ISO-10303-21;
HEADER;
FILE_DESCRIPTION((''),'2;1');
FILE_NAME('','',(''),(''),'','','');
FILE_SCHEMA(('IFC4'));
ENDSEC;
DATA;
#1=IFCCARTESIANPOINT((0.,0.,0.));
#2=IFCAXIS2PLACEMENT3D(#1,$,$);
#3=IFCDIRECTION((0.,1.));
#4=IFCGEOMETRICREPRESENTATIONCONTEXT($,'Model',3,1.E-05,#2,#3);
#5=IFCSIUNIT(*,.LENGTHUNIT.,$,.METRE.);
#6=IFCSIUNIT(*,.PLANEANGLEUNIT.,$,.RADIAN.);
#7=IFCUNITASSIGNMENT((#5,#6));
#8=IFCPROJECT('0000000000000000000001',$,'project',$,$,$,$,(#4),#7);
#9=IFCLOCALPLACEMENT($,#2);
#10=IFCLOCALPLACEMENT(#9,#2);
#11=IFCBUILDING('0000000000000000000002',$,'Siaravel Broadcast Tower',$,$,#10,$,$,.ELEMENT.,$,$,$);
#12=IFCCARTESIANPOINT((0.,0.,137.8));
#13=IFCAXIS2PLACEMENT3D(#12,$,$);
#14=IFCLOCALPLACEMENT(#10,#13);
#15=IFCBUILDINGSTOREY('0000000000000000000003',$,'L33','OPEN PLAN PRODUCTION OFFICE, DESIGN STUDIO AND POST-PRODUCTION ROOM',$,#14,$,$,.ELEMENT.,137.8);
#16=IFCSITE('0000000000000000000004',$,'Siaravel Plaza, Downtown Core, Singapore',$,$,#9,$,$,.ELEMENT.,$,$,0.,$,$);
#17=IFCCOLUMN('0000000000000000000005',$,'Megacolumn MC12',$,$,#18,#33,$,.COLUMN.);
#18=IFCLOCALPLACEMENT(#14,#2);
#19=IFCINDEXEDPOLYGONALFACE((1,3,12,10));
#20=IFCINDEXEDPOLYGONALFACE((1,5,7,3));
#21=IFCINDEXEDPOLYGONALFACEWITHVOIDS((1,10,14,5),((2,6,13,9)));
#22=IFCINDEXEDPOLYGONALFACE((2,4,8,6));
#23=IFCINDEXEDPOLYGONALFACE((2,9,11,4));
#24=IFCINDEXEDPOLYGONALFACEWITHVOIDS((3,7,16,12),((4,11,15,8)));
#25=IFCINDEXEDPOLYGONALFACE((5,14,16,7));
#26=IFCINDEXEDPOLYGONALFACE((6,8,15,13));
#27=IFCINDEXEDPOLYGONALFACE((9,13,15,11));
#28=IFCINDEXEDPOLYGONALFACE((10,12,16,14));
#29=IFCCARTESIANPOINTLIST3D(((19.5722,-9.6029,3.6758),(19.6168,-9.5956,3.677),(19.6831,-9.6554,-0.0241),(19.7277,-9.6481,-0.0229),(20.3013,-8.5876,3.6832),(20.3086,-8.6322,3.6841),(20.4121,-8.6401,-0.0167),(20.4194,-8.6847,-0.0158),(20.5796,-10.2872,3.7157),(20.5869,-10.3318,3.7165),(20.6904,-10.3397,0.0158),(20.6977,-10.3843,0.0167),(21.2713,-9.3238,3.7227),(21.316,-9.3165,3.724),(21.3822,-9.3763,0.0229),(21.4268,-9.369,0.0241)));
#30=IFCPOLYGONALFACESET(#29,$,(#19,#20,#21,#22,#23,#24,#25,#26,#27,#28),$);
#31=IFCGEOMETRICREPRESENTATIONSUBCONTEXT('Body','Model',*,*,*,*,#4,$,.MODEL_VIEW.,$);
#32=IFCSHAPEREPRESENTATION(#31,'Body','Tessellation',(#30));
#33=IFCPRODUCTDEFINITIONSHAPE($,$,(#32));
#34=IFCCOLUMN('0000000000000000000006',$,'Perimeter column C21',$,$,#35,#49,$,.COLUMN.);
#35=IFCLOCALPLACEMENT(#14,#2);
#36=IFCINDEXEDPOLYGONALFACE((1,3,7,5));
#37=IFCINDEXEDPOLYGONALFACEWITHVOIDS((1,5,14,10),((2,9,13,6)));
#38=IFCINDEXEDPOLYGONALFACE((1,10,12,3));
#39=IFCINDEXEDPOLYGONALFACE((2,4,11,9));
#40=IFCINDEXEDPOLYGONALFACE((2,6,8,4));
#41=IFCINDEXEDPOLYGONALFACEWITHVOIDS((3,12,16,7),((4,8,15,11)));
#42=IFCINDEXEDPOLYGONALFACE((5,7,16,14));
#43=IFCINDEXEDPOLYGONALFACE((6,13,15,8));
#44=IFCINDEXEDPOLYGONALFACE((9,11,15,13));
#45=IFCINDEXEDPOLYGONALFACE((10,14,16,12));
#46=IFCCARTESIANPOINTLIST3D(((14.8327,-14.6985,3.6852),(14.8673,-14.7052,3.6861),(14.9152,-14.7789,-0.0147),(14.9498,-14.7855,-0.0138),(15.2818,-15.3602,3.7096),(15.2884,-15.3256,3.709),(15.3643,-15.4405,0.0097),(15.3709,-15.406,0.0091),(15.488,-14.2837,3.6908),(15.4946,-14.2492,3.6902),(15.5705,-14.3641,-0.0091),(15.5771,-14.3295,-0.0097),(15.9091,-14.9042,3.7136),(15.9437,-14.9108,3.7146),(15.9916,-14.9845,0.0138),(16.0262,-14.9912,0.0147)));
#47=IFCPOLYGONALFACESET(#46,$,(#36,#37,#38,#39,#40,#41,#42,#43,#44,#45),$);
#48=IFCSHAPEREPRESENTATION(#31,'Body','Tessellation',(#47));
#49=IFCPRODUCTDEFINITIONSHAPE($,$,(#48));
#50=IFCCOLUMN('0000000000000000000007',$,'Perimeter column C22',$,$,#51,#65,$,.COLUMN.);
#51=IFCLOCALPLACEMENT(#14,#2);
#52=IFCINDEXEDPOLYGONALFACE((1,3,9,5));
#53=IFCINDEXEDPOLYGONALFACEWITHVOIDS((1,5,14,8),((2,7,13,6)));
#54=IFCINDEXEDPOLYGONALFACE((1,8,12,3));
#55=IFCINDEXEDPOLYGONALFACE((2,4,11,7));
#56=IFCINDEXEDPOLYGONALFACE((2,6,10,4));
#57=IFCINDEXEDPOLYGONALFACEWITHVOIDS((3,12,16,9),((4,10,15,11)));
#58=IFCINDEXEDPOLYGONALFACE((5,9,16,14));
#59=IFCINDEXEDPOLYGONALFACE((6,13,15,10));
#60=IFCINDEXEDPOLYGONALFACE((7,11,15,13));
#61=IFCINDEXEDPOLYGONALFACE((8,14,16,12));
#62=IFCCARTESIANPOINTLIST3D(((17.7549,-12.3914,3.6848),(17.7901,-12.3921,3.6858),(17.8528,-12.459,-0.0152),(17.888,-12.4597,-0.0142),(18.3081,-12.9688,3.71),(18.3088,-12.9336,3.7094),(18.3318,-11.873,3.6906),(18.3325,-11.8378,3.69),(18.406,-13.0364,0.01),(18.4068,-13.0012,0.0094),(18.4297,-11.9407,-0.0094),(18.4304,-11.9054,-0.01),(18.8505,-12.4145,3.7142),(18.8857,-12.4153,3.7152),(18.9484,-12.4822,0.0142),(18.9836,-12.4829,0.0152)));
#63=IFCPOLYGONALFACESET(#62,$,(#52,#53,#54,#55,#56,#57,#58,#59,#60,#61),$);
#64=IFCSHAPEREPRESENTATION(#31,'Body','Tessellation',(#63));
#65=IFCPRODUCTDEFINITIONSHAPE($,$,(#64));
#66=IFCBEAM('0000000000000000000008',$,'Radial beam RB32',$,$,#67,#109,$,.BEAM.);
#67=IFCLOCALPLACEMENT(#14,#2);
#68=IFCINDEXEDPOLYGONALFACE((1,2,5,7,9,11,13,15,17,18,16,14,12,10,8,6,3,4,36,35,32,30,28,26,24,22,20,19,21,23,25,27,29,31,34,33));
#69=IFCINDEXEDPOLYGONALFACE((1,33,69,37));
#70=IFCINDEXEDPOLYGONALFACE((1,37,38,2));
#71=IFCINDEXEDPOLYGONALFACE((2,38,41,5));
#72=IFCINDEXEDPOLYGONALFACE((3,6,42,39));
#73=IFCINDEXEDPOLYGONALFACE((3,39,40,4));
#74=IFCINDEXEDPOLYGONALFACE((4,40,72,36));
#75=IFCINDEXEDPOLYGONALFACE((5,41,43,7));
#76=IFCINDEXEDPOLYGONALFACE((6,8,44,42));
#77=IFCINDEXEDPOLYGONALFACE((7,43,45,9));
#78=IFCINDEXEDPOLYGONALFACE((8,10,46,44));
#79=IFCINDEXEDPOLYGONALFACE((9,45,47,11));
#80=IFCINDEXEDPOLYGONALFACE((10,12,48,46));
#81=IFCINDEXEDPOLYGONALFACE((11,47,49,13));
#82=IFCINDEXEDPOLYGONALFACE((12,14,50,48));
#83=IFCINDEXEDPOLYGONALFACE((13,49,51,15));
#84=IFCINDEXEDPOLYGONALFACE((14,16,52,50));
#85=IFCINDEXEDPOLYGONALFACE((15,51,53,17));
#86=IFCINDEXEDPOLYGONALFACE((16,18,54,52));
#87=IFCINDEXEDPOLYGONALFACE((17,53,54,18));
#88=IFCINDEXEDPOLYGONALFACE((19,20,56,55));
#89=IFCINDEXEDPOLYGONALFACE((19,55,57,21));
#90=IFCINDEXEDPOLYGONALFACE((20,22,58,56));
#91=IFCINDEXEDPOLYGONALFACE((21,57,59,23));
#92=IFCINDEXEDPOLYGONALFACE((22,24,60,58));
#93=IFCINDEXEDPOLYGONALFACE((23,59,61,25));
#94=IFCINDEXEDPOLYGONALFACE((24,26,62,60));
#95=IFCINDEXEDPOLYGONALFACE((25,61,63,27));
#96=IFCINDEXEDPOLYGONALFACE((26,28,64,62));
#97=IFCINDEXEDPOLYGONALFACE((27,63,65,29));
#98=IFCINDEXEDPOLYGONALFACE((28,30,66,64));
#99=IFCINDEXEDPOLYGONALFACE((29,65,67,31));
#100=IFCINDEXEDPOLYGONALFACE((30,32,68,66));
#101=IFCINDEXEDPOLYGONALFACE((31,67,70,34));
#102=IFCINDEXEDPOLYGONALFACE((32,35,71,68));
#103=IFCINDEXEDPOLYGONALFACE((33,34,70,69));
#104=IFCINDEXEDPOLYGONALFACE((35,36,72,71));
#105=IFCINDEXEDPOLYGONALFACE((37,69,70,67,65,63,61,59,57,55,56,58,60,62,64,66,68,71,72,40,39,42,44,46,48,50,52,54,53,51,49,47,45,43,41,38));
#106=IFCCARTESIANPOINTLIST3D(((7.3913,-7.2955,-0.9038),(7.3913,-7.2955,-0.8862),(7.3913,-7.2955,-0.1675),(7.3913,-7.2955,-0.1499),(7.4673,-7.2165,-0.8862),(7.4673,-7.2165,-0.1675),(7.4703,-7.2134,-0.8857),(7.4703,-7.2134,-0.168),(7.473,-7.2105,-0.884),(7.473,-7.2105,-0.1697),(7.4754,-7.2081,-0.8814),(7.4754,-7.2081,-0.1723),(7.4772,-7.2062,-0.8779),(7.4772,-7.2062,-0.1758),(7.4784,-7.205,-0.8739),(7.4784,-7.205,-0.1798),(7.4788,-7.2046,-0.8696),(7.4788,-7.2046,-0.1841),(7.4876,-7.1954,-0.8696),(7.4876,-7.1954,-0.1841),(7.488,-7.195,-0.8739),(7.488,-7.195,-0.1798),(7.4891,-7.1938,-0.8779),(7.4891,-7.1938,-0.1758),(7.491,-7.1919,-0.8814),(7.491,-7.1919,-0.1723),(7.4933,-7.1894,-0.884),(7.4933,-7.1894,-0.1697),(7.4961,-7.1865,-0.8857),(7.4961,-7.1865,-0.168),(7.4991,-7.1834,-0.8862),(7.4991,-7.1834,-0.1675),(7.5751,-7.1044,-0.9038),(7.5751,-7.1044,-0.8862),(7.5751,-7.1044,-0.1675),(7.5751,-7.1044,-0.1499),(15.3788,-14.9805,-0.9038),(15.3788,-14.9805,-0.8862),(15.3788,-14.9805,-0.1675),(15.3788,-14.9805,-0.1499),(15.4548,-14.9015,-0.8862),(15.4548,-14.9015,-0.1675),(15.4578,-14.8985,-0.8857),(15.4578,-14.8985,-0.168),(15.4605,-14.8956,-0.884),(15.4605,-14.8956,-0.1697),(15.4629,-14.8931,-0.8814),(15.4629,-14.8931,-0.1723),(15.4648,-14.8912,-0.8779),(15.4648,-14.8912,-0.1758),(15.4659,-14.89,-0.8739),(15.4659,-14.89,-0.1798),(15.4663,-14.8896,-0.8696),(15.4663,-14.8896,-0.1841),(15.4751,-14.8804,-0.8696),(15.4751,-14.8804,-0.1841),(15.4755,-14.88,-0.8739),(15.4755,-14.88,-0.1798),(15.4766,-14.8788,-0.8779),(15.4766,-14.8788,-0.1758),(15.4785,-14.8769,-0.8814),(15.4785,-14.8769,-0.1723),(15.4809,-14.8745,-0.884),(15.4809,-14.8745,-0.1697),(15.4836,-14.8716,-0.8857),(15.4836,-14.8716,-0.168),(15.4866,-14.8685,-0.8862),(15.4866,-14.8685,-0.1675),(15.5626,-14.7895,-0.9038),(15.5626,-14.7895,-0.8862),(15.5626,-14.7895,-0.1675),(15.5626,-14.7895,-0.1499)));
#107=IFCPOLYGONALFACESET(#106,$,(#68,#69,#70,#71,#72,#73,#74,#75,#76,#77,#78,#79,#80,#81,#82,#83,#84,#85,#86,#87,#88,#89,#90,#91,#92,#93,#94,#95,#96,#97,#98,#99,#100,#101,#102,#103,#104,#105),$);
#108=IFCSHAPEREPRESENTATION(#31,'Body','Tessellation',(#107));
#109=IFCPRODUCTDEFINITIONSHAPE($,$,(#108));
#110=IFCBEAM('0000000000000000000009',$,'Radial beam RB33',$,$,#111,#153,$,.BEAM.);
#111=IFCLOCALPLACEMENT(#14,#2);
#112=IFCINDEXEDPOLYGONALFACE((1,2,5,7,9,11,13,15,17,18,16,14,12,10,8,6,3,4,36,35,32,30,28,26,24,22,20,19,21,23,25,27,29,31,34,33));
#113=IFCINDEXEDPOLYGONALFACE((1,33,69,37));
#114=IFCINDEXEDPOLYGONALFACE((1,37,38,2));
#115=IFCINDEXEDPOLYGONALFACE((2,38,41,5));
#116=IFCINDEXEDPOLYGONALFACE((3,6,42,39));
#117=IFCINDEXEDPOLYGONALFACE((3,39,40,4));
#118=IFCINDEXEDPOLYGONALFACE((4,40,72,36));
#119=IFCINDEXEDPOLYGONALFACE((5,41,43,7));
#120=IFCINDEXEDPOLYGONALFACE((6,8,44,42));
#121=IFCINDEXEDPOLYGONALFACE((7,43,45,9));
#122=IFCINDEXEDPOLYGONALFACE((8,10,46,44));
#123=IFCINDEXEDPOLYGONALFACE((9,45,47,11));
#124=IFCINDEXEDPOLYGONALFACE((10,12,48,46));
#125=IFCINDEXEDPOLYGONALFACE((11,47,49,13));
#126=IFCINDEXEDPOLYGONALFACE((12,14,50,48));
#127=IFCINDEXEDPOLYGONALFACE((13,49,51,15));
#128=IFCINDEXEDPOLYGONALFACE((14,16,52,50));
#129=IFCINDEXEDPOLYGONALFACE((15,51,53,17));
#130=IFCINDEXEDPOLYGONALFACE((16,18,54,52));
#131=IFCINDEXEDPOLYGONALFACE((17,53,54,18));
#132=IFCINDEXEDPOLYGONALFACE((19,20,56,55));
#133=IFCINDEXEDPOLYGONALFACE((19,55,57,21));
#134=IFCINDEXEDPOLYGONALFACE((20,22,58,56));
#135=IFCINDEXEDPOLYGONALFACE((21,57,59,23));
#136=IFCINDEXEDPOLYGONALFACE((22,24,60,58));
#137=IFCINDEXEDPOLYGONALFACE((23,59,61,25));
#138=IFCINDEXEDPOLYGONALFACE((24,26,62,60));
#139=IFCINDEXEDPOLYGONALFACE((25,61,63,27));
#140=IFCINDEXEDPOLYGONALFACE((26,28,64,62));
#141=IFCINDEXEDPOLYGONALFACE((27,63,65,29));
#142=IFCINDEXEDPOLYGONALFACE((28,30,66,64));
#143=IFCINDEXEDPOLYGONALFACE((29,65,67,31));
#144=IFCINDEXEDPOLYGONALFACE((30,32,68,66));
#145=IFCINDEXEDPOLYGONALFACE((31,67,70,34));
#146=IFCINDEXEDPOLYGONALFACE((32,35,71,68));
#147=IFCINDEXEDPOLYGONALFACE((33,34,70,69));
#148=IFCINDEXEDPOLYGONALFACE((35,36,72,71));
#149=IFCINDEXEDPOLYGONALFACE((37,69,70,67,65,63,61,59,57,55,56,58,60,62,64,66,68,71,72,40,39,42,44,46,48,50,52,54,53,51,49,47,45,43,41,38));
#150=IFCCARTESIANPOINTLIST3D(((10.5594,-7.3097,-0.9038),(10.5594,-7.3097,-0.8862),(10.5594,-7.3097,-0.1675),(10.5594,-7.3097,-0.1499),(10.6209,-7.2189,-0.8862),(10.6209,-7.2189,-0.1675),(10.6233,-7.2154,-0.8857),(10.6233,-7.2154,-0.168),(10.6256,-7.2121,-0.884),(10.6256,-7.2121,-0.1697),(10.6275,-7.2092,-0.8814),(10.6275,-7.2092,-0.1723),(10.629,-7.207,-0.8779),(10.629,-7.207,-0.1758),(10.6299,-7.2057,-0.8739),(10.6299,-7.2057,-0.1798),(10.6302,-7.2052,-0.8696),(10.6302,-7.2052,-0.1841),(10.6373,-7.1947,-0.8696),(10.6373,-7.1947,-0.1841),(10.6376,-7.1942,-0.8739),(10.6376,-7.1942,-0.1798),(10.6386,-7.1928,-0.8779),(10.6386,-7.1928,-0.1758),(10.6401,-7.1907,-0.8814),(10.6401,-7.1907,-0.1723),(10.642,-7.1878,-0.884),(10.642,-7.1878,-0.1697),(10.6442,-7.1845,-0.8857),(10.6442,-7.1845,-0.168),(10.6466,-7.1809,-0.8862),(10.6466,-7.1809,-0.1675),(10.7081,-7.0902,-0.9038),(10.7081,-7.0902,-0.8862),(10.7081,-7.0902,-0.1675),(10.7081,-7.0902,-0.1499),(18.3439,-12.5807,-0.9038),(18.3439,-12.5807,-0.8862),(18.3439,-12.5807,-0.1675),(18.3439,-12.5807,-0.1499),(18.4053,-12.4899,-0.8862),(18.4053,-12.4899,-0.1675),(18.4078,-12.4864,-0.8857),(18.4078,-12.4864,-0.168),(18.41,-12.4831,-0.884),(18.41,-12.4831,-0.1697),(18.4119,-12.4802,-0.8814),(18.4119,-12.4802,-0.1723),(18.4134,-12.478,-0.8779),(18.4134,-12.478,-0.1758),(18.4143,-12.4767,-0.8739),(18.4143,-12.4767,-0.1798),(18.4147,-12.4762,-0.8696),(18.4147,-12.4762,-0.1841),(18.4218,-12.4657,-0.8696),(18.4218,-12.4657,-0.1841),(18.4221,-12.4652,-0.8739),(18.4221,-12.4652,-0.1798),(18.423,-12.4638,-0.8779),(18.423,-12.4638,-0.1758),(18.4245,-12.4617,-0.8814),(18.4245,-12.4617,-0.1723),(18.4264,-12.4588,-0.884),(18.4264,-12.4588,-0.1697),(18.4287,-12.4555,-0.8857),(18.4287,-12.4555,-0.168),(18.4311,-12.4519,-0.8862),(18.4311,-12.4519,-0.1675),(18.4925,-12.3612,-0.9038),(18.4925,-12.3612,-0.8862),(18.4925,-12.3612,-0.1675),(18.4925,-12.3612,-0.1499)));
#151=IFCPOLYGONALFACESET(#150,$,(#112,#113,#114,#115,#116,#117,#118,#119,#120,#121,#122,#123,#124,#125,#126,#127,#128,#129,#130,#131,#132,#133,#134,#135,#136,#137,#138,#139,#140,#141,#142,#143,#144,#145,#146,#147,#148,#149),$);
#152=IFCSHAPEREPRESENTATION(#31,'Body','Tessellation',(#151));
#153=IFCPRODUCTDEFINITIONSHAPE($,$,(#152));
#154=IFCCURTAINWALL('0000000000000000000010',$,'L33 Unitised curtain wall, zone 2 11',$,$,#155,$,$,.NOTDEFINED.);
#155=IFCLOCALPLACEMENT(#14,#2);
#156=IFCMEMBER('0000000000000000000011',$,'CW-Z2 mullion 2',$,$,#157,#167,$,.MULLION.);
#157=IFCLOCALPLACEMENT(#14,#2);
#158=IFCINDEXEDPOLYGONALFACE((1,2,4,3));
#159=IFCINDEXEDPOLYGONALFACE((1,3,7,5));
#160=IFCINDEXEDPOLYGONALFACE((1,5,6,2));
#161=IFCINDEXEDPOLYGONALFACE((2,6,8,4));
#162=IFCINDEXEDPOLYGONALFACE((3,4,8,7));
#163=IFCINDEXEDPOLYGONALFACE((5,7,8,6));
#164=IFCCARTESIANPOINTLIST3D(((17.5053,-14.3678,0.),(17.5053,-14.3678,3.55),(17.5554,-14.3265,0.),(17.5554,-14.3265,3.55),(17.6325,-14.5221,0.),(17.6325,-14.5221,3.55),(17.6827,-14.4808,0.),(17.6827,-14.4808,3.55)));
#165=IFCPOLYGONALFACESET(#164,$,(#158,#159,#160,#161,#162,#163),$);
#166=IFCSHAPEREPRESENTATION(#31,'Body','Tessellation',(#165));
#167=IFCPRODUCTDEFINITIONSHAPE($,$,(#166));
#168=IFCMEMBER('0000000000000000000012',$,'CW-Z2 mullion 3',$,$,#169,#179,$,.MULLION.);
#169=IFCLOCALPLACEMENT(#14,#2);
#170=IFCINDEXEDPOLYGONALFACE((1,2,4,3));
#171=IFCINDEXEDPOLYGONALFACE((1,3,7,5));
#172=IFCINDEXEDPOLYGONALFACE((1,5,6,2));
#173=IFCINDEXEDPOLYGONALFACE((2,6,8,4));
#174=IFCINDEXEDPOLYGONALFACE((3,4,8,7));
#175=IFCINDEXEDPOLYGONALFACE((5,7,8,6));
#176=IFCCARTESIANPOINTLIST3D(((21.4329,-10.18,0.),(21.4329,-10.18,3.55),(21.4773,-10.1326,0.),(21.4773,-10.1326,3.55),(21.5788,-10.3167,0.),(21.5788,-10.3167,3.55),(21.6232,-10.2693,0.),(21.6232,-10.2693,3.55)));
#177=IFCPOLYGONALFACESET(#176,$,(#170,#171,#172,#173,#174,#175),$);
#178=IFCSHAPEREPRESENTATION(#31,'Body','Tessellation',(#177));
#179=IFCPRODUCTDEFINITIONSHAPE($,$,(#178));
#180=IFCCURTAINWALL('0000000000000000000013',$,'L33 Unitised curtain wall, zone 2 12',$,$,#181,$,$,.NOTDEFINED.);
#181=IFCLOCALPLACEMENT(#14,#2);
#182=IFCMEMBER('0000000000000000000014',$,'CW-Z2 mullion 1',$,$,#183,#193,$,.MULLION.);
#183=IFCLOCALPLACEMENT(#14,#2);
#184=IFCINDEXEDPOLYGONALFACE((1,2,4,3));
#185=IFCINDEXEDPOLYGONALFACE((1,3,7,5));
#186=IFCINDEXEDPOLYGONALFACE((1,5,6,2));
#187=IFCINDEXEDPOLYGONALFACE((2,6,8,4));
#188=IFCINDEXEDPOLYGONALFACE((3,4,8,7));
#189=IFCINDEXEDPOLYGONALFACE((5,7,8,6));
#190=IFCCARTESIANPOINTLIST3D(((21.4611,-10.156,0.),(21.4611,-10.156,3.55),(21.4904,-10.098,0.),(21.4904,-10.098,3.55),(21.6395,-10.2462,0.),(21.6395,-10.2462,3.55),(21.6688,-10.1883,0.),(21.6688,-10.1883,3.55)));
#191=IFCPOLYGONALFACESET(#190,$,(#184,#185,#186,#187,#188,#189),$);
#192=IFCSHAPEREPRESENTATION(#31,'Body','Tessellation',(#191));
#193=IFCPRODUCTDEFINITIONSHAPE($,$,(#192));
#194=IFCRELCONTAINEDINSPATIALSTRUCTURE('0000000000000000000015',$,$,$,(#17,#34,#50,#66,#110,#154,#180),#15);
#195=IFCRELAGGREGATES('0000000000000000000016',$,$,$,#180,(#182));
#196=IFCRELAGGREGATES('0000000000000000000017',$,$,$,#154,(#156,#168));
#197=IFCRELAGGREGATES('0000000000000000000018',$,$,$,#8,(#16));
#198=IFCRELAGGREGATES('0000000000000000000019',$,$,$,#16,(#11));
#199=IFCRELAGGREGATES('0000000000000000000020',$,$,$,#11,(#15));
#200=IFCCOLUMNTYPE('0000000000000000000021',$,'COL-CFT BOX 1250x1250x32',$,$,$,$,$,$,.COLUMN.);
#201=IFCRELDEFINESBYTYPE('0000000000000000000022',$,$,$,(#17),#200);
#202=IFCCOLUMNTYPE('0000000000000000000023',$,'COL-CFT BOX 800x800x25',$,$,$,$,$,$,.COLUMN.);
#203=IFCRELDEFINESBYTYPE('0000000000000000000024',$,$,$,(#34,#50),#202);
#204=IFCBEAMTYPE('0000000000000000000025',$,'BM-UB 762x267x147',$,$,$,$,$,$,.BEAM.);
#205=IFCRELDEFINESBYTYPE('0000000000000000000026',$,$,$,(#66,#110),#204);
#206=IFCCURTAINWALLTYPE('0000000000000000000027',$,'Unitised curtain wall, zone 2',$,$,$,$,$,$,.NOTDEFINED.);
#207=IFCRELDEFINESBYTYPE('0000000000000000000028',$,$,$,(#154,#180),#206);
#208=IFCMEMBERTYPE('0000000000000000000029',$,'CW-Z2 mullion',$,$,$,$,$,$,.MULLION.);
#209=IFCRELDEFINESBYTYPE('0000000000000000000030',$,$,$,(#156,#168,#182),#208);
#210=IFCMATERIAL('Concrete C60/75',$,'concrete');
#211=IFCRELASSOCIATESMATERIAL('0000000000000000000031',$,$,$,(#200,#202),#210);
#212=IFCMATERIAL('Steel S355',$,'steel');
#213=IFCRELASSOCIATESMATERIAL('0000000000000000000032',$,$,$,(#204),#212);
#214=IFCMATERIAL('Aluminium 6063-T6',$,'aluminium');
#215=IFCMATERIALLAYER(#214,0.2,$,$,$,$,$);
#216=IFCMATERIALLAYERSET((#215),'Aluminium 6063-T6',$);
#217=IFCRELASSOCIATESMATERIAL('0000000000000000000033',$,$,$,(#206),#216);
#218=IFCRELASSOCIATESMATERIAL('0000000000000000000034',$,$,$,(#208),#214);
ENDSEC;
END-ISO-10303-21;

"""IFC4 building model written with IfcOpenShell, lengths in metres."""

from ifc_helpers import new_model, si_unit, direction, frame, origin, origin_2d, place, context, subcontext, project, spatial, rectangle, hollow_rectangle, i_section, extrude, material, layer, layer_set, material_profile, profile_set, type_object, element, aggregate, save


model = new_model("IFC4")

# Units and contexts
model_context = context("Model", 3, precision=1e-05, world=origin(), true_north=direction((0.0, 1.0)))
body_context = subcontext(model_context, "Body", "Model", "MODEL_VIEW")
ifc_project = project(units=[si_unit("LENGTHUNIT", "METRE"), si_unit("PLANEANGLEUNIT", "RADIAN")], contexts=[model_context])

# Site, building, storey
site_placement = place(None, origin())
site = spatial("IfcSite", under=ifc_project, at=site_placement, Name="Siaravel Plaza, Downtown Core, Singapore", CompositionType="ELEMENT", RefElevation=0.0)
building_placement = place(site_placement, origin())
building = spatial("IfcBuilding", under=site, at=building_placement, Name="Siaravel Broadcast Tower", CompositionType="ELEMENT")
storey_placement = place(building_placement, frame((0.0, 0.0, 137.8)))
storey = spatial("IfcBuildingStorey", under=building, at=storey_placement, Name="L33", Description="OPEN PLAN PRODUCTION OFFICE, DESIGN STUDIO AND POST-PRODUCTION ROOM", CompositionType="ELEMENT", Elevation=137.8)

# Columns
ifc_material_1 = material(Name="Concrete C60/75", Category="concrete")
ifc_material_profile_1 = material_profile(ifc_material_1, hollow_rectangle(XDim=1.25, YDim=1.25, WallThickness=0.032, at=origin_2d()))
ifc_profile_set_1 = profile_set([ifc_material_profile_1], Name="Concrete C60/75")
column_type_1 = type_object("IfcColumnType", Name="COL-CFT BOX 1250x1250x32", PredefinedType="COLUMN", material=ifc_profile_set_1)
column_1_placement = place(storey_placement, frame((20.5549, -9.5122, 0.0), z_axis=(-0.029941, 0.014179, 0.999451), x_axis=(-0.58325, -0.812271, -0.005949)))
element("IfcColumn", 1, at=column_1_placement, inside=storey, type_object=column_type_1, Name="Megacolumn MC12", PredefinedType="COLUMN", context=body_context, shape_type="SweptSolid", body=[
    extrude(hollow_rectangle(XDim=1.25, YDim=1.25, WallThickness=0.032, at=origin_2d()), origin(), (0.0, 0.0, 1.0), 3.7019),
])
ifc_material_profile_2 = material_profile(ifc_material_1, hollow_rectangle(XDim=0.8, YDim=0.8, WallThickness=0.0249, at=origin_2d()))
ifc_profile_set_2 = profile_set([ifc_material_profile_2], Name="Concrete C60/75")
column_type_2 = type_object("IfcColumnType", Name="COL-CFT BOX 800x800x25", PredefinedType="COLUMN", material=ifc_profile_set_2)
column_2_placement = place(storey_placement, frame((15.4707, -14.885, 0.0), z_axis=(-0.022292, 0.021698, 0.999516), x_axis=(-0.827314, -0.561705, -0.006257)))
element("IfcColumn", 2, at=column_2_placement, inside=storey, type_object=column_type_2, Name="Perimeter column C21", PredefinedType="COLUMN", context=body_context, shape_type="SweptSolid", body=[
    extrude(hollow_rectangle(XDim=0.8, YDim=0.8, WallThickness=0.0249, at=origin_2d()), origin(), (0.0, 0.0, 1.0), 3.7017),
])
column_3_placement = place(storey_placement, frame((18.4182, -12.4709, 0.0), z_axis=(-0.026446, 0.018268, 0.999483), x_axis=(-0.721973, -0.691891, -0.006457)))
element("IfcColumn", 3, at=column_3_placement, inside=storey, type_object=column_type_2, Name="Perimeter column C22", PredefinedType="COLUMN", context=body_context, shape_type="SweptSolid", body=[
    extrude(hollow_rectangle(XDim=0.8, YDim=0.8, WallThickness=0.0249, at=origin_2d()), origin(), (0.0, 0.0, 1.0), 3.7019),
])

# Beams
ifc_material_2 = material(Name="Steel S355", Category="steel")
ifc_material_profile_3 = material_profile(ifc_material_2, i_section(OverallWidth=0.2651, OverallDepth=0.7539, WebThickness=0.0127, FlangeThickness=0.0176, FilletRadius=0.0166, at=origin_2d()))
ifc_profile_set_3 = profile_set([ifc_material_profile_3], Name="Steel S355")
beam_type = type_object("IfcBeamType", Name="BM-UB 762x267x147", PredefinedType="BEAM", material=ifc_profile_set_3)
beam_1_placement = place(storey_placement, frame((15.4707, -14.885, -0.5269), z_axis=(-0.72062, 0.69333, 0.0), x_axis=(-0.69333, -0.72062, 0.0)))
element("IfcBeam", 4, at=beam_1_placement, inside=storey, type_object=beam_type, Name="Radial beam RB32", PredefinedType="BEAM", context=body_context, shape_type="SweptSolid", body=[
    extrude(i_section(OverallWidth=0.2651, OverallDepth=0.7539, WebThickness=0.0127, FlangeThickness=0.0176, FilletRadius=0.0166, at=origin_2d()), origin(), (0.0, 0.0, 1.0), 11.0842),
])
beam_2_placement = place(storey_placement, frame((18.4182, -12.4709, -0.5269), z_axis=(-0.828033, 0.560679, 0.0), x_axis=(-0.560679, -0.828033, 0.0)))
element("IfcBeam", 5, at=beam_2_placement, inside=storey, type_object=beam_type, Name="Radial beam RB33", PredefinedType="BEAM", context=body_context, shape_type="SweptSolid", body=[
    extrude(i_section(OverallWidth=0.2651, OverallDepth=0.7539, WebThickness=0.0127, FlangeThickness=0.0176, FilletRadius=0.0166, at=origin_2d()), origin(), (0.0, 0.0, 1.0), 9.4011),
])

# Curtain wall, members
ifc_material_3 = material(Name="Aluminium 6063-T6", Category="aluminium")
ifc_layer_1 = layer(ifc_material_3, 0.2)
ifc_layer_set_1 = layer_set([ifc_layer_1], Name="Aluminium 6063-T6")
curtain_wall_type = type_object("IfcCurtainWallType", Name="Unitised curtain wall, zone 2", PredefinedType="NOTDEFINED", material=ifc_layer_set_1)
curtain_wall_1_placement = place(storey_placement, origin())
curtain_wall_1 = element("IfcCurtainWall", 6, at=curtain_wall_1_placement, inside=storey, type_object=curtain_wall_type, Name="L33 Unitised curtain wall, zone 2 11", PredefinedType="NOTDEFINED")
ifc_material_profile_4 = material_profile(ifc_material_3, rectangle(XDim=0.2, YDim=0.0649, at=origin_2d()))
ifc_profile_set_4 = profile_set([ifc_material_profile_4], Name="Aluminium 6063-T6")
member_type_1 = type_object("IfcMemberType", Name="CW-Z2 mullion", PredefinedType="MULLION", material=ifc_profile_set_4)
member_1_placement = place(storey_placement, frame((17.594, -14.4243, 0.0), z_axis=(0.0, 0.0, 1.0), x_axis=(-0.63622, 0.771507, 0.0)))
member_1 = element("IfcMember", 7, at=member_1_placement, type_object=member_type_1, Name="CW-Z2 mullion 2", PredefinedType="MULLION", context=body_context, shape_type="SweptSolid", body=[
    extrude(rectangle(XDim=0.2, YDim=0.0649, at=origin_2d()), origin(), (0.0, 0.0, 1.0), 3.55),
])
member_2_placement = place(storey_placement, frame((21.5281, -10.2246, 0.0), z_axis=(0.0, 0.0, 1.0), x_axis=(-0.729807, 0.683653, 0.0)))
member_2 = element("IfcMember", 8, at=member_2_placement, type_object=member_type_1, Name="CW-Z2 mullion 3", PredefinedType="MULLION", context=body_context, shape_type="SweptSolid", body=[
    extrude(rectangle(XDim=0.2, YDim=0.0649, at=origin_2d()), origin(), (0.0, 0.0, 1.0), 3.55),
])

# Curtain wall, member
curtain_wall_2_placement = place(storey_placement, origin())
curtain_wall_2 = element("IfcCurtainWall", 9, at=curtain_wall_2_placement, inside=storey, type_object=curtain_wall_type, Name="L33 Unitised curtain wall, zone 2 12", PredefinedType="NOTDEFINED")
member_3_placement = place(storey_placement, frame((21.5649, -10.1721, 0.0), z_axis=(0.0, 0.0, 1.0), x_axis=(-0.892393, 0.451259, 0.0)))
member_3 = element("IfcMember", 10, at=member_3_placement, type_object=member_type_1, Name="CW-Z2 mullion 1", PredefinedType="MULLION", context=body_context, shape_type="SweptSolid", body=[
    extrude(rectangle(XDim=0.2, YDim=0.0649, at=origin_2d()), origin(), (0.0, 0.0, 1.0), 3.55),
])

aggregate(curtain_wall_2, [member_3])

aggregate(curtain_wall_1, [member_1, member_2])

save(model, "model.ifc")
